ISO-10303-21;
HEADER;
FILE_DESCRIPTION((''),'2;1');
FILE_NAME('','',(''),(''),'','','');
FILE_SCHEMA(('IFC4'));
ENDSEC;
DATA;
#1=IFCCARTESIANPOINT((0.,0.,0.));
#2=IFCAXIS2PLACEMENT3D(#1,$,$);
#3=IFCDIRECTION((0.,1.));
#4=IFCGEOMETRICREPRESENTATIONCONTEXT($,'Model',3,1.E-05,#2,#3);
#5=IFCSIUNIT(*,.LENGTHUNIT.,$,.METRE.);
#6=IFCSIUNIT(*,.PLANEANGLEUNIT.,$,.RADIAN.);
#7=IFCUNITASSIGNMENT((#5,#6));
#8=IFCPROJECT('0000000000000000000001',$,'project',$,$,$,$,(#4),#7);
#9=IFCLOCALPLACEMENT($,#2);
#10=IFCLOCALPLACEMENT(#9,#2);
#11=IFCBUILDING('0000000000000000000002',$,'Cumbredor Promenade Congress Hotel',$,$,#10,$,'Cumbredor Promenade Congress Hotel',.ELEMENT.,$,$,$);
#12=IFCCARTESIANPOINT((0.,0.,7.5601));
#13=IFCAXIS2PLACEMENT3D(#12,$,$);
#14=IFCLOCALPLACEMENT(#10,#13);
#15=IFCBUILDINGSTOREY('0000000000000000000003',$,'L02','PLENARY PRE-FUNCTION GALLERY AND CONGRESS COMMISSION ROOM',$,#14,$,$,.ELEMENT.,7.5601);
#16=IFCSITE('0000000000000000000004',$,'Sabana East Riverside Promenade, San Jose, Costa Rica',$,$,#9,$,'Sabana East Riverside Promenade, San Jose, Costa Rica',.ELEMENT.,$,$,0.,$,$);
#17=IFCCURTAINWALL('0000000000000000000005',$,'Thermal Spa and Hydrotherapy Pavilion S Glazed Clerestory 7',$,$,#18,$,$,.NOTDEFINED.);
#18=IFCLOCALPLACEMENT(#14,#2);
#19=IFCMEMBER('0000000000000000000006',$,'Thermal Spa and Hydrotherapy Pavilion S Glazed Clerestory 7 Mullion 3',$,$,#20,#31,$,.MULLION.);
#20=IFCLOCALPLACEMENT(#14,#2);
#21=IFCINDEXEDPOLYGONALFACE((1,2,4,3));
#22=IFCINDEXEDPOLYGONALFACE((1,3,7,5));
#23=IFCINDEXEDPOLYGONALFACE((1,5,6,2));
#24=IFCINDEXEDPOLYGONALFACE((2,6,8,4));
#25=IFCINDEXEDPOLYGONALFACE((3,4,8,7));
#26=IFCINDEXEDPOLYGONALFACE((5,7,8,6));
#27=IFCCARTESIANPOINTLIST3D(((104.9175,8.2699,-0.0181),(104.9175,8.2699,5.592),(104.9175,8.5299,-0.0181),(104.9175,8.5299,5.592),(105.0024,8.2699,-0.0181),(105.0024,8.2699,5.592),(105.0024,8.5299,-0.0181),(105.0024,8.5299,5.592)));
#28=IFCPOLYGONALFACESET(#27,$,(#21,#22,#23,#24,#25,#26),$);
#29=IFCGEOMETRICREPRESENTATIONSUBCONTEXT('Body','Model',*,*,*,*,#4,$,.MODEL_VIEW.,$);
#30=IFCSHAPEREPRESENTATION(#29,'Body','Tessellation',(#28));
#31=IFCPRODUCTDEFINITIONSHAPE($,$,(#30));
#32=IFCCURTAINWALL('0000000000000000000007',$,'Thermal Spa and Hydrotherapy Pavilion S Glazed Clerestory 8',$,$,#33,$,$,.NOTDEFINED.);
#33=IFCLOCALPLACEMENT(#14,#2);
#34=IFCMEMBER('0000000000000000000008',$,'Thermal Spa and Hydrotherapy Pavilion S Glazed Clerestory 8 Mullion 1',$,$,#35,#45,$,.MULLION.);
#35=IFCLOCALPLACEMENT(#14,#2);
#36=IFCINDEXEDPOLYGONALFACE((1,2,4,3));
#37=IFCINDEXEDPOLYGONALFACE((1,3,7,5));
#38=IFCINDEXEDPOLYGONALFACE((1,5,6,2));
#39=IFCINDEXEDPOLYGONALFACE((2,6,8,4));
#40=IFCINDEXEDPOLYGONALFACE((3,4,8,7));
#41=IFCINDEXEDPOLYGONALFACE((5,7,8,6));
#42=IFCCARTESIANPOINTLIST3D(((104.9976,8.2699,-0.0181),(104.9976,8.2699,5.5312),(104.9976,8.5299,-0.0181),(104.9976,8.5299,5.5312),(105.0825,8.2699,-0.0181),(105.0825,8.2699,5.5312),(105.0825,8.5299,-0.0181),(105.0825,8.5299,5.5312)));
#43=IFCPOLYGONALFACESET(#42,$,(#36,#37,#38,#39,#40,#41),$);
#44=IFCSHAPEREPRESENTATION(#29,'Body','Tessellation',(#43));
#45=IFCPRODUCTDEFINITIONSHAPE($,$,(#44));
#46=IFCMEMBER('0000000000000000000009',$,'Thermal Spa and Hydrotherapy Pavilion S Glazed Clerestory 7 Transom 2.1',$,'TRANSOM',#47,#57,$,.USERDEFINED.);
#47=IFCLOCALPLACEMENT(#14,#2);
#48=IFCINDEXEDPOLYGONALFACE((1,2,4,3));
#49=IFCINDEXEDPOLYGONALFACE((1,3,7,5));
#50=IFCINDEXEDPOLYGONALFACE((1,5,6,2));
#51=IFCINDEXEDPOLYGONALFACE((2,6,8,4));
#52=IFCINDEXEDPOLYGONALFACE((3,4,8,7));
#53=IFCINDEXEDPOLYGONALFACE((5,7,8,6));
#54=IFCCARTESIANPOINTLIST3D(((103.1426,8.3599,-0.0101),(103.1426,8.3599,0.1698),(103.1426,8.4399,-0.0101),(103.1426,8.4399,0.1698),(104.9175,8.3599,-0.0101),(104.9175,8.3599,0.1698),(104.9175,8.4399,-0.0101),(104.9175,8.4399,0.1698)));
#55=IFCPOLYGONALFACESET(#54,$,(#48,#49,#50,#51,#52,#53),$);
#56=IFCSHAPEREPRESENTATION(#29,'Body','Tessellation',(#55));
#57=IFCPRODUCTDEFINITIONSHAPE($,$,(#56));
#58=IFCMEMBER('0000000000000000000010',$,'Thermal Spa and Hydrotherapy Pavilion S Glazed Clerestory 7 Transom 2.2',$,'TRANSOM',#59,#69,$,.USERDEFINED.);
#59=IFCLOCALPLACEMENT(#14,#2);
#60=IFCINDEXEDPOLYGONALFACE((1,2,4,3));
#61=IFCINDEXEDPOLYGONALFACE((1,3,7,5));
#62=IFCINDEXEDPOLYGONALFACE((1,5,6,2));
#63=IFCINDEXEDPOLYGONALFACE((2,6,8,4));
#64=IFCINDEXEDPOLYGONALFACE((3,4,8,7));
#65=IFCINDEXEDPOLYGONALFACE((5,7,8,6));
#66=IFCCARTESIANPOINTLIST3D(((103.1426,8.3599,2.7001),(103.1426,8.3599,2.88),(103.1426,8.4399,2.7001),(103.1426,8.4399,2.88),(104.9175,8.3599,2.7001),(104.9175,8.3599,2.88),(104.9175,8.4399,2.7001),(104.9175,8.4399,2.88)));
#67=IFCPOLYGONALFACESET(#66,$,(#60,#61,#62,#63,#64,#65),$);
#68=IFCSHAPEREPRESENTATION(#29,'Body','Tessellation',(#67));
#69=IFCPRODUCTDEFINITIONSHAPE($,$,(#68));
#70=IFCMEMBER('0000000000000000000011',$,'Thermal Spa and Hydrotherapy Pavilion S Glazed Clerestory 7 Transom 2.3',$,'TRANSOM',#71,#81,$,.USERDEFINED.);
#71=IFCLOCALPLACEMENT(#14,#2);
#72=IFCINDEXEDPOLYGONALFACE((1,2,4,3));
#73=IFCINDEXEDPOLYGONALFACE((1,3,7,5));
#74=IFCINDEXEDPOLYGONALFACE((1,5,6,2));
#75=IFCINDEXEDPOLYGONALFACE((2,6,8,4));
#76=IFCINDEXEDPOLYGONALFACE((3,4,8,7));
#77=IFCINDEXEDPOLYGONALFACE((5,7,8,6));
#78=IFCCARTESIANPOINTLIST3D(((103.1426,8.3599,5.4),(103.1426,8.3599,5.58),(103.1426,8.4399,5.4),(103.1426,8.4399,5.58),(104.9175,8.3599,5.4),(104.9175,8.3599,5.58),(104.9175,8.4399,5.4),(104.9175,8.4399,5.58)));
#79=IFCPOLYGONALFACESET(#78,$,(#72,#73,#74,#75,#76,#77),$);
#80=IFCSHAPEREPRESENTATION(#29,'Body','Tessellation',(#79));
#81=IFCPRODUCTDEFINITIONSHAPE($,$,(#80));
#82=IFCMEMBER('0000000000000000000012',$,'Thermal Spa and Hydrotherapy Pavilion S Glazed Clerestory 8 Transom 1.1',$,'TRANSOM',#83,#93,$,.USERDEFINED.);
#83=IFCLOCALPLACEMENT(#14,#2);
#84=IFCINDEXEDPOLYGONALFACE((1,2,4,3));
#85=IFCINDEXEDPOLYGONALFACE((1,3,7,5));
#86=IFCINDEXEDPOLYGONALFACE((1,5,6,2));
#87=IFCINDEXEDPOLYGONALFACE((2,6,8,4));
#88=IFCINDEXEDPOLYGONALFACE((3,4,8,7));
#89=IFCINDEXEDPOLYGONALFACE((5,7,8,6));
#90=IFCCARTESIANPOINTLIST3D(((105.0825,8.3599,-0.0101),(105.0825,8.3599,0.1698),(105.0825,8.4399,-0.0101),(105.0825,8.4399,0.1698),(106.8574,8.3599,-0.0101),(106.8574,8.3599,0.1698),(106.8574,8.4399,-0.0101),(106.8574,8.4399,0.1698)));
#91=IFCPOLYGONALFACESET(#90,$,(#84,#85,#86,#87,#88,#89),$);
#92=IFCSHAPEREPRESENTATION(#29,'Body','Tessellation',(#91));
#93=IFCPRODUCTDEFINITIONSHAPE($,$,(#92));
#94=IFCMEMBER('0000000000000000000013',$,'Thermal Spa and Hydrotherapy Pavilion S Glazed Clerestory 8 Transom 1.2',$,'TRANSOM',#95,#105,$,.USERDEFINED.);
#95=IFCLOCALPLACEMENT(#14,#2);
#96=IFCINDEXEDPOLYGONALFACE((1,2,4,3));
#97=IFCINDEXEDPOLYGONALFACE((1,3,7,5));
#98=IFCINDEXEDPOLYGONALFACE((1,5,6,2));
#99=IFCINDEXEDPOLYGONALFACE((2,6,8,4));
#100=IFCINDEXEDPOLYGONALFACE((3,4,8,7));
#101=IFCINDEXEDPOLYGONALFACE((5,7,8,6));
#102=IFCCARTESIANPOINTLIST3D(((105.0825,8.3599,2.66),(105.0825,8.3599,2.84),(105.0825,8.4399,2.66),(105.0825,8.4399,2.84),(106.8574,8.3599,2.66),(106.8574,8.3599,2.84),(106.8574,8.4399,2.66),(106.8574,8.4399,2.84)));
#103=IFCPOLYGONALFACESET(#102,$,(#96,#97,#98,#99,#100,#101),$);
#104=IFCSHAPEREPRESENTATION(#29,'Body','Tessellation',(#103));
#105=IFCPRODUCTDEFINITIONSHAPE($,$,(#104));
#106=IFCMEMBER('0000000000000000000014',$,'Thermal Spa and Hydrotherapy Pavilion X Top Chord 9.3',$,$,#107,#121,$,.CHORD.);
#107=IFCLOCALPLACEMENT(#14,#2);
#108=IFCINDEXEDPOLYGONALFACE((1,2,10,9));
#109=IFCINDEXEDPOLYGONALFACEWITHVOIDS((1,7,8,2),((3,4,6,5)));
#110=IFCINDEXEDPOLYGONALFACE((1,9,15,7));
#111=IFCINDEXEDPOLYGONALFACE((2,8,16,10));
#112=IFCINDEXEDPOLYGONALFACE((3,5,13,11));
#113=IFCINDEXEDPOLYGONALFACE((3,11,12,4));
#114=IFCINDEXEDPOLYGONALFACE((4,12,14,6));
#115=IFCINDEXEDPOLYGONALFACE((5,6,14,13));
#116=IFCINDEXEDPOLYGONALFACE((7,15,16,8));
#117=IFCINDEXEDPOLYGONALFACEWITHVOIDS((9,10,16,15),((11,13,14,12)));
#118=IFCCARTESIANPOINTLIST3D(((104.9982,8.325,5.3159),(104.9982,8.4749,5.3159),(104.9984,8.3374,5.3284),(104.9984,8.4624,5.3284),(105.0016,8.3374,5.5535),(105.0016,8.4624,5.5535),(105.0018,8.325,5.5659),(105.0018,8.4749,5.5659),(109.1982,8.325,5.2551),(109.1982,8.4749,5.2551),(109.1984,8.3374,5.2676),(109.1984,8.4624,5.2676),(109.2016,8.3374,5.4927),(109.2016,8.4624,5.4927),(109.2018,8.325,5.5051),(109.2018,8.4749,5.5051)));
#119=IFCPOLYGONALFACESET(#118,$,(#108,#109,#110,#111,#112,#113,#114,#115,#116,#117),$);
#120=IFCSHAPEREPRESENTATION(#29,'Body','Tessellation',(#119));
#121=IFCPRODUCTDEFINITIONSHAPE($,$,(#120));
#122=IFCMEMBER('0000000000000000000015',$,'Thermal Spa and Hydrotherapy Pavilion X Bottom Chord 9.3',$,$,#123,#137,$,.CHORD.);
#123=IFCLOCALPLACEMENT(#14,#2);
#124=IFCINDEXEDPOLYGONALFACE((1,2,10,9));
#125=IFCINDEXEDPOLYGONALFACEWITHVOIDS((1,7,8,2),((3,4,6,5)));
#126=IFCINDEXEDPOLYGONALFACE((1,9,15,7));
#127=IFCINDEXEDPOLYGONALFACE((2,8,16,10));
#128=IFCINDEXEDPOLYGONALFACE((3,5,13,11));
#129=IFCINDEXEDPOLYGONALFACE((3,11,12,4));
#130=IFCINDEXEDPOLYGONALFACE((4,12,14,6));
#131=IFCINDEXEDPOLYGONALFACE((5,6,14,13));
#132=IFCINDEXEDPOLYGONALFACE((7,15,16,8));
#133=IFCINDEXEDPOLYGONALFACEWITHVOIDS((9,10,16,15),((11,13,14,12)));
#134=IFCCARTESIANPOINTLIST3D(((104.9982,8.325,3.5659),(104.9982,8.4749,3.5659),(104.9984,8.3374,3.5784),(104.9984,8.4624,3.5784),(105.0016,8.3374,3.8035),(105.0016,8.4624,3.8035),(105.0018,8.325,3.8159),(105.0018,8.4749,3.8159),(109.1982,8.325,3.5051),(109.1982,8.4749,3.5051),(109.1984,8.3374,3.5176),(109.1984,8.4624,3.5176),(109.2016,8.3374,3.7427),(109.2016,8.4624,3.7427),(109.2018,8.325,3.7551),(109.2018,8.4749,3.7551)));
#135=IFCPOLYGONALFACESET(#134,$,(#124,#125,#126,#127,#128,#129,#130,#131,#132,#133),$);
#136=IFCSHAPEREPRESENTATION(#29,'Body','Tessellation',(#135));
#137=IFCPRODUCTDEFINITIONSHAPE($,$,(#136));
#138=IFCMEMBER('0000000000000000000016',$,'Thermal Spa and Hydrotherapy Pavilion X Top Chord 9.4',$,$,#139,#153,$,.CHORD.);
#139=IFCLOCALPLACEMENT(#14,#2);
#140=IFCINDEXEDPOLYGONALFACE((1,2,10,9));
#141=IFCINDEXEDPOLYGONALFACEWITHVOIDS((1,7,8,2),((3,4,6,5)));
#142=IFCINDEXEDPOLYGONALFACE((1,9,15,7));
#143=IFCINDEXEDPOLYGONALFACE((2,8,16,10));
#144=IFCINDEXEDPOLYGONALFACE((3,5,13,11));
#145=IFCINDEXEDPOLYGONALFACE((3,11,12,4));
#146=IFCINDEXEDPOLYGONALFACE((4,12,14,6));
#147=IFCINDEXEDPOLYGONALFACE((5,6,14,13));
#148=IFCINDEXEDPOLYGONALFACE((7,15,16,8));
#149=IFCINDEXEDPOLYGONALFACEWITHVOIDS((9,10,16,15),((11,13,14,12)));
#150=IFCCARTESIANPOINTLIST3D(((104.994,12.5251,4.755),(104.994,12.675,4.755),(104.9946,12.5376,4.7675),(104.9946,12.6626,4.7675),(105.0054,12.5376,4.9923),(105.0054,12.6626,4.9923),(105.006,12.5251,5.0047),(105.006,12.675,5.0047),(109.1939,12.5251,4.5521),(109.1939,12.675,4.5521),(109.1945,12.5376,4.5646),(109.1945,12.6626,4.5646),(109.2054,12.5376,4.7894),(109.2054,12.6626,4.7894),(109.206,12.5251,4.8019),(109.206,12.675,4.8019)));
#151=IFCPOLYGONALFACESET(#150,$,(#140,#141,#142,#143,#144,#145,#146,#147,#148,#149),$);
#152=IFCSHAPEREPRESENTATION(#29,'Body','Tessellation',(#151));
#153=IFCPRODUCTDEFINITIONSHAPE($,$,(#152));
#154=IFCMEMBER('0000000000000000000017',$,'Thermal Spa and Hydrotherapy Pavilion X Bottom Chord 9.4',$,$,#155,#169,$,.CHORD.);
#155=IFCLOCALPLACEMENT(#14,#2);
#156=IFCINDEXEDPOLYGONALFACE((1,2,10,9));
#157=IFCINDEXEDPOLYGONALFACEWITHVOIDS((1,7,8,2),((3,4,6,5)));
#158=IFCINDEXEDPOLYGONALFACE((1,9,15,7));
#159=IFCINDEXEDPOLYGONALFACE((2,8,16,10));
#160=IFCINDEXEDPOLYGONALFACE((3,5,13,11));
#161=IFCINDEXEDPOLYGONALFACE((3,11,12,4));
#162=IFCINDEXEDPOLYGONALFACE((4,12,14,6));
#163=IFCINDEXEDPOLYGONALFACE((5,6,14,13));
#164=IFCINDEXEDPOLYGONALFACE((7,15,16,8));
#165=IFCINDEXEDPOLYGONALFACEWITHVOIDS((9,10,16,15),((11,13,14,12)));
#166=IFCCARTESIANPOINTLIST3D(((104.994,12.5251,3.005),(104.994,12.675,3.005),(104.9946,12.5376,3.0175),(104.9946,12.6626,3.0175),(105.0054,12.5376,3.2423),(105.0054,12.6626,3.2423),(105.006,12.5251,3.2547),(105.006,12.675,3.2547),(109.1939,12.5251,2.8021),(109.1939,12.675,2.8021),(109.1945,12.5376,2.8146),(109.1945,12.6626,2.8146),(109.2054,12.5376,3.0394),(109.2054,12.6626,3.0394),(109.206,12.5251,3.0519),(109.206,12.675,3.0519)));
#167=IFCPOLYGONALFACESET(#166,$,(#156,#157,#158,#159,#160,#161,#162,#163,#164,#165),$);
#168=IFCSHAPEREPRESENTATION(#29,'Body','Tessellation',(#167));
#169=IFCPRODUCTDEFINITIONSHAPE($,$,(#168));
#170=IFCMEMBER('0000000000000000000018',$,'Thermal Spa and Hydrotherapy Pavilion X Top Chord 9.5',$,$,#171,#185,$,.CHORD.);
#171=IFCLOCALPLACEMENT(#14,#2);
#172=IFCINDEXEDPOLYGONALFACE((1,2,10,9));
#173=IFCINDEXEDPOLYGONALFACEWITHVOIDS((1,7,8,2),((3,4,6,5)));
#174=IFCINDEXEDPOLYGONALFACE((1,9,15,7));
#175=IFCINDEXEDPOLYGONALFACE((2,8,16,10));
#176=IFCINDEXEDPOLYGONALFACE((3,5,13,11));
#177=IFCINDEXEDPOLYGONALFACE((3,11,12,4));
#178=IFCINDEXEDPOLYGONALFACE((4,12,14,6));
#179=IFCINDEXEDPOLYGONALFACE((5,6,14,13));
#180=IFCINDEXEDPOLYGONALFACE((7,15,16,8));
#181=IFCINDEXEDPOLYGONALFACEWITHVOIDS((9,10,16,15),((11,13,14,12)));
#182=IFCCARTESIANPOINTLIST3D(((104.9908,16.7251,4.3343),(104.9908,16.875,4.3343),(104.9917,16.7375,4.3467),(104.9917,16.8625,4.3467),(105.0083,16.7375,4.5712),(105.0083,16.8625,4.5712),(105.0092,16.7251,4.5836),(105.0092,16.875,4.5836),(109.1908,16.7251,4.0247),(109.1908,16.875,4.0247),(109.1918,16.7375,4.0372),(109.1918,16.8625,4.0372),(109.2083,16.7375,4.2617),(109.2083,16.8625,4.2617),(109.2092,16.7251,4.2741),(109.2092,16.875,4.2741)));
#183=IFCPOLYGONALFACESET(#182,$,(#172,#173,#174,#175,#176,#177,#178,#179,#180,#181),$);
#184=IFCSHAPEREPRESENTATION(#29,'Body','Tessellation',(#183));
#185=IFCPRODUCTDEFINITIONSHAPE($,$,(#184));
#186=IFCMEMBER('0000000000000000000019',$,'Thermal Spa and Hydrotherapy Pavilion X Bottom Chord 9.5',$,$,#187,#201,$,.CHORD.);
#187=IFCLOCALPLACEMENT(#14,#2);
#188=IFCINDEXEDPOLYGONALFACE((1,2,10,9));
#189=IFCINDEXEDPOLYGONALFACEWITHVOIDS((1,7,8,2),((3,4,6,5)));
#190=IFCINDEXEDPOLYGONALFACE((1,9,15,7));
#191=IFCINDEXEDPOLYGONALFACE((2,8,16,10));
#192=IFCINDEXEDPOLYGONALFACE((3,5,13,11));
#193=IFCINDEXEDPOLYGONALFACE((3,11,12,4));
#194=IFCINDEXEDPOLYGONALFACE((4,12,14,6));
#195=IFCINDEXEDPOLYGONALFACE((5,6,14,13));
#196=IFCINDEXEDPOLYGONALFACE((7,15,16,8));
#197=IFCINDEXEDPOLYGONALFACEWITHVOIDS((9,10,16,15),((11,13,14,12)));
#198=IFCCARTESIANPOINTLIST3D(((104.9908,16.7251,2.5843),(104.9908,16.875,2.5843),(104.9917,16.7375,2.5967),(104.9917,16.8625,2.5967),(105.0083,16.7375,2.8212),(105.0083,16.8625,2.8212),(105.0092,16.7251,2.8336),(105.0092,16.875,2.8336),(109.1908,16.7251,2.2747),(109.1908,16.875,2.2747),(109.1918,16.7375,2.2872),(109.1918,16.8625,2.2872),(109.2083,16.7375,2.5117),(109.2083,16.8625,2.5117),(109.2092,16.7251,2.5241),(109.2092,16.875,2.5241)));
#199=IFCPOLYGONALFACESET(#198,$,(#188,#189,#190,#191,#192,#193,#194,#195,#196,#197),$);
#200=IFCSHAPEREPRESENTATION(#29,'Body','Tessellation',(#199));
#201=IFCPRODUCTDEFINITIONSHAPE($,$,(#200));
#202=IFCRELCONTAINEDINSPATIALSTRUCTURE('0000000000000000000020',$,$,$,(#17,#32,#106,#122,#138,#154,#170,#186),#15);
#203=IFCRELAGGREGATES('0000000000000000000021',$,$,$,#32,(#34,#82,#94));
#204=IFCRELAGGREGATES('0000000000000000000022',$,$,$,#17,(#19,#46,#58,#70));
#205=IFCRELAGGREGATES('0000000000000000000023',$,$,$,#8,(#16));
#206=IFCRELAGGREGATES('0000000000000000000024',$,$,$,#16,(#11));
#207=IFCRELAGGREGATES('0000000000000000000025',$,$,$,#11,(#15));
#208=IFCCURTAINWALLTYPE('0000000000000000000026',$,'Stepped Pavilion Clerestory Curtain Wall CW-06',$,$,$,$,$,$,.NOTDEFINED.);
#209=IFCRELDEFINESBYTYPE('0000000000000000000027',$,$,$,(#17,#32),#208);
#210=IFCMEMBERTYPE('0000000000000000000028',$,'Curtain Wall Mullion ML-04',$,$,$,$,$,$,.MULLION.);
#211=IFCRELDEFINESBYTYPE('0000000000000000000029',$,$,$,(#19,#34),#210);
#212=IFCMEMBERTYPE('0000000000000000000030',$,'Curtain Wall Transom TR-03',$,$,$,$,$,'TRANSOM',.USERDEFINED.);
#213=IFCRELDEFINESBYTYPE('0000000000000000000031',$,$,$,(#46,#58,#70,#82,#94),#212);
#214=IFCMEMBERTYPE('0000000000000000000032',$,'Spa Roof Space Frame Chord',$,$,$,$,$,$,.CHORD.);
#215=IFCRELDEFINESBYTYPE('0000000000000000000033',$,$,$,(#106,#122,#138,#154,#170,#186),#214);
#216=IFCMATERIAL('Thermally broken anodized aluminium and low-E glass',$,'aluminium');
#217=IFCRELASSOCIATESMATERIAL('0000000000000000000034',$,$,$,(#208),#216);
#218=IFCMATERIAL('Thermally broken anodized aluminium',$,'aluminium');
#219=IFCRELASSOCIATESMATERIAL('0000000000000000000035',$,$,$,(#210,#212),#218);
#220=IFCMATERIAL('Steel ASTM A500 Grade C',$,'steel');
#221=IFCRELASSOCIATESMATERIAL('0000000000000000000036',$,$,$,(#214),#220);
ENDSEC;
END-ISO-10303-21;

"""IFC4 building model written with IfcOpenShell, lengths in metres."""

from ifc_helpers import new_model, si_unit, direction, frame, origin, origin_2d, place, context, subcontext, project, spatial, rectangle, hollow_rectangle, extrude, material, material_profile, profile_set, type_object, element, aggregate, save


model = new_model("IFC4")

# Units and contexts
model_context = context("Model", 3, precision=1e-05, world=origin(), true_north=direction((0.0, 1.0)))
body_context = subcontext(model_context, "Body", "Model", "MODEL_VIEW")
ifc_project = project(units=[si_unit("LENGTHUNIT", "METRE"), si_unit("PLANEANGLEUNIT", "RADIAN")], contexts=[model_context])

# Site, building, storey
site_placement = place(None, origin())
site = spatial("IfcSite", under=ifc_project, at=site_placement, Name="Sabana East Riverside Promenade, San Jose, Costa Rica", LongName="Sabana East Riverside Promenade, San Jose, Costa Rica", CompositionType="ELEMENT", RefElevation=0.0)
building_placement = place(site_placement, origin())
building = spatial("IfcBuilding", under=site, at=building_placement, Name="Cumbredor Promenade Congress Hotel", LongName="Cumbredor Promenade Congress Hotel", CompositionType="ELEMENT")
storey_placement = place(building_placement, frame((0.0, 0.0, 7.5601)))
storey = spatial("IfcBuildingStorey", under=building, at=storey_placement, Name="L02", Description="PLENARY PRE-FUNCTION GALLERY AND CONGRESS COMMISSION ROOM", CompositionType="ELEMENT", Elevation=7.5601)

# Curtain walls, members
ifc_material_1 = material(Name="Thermally broken anodized aluminium and low-E glass", Category="aluminium")
curtain_wall_type = type_object("IfcCurtainWallType", Name="Stepped Pavilion Clerestory Curtain Wall CW-06", PredefinedType="NOTDEFINED", material=ifc_material_1)
curtain_wall_1_placement = place(storey_placement, origin())
curtain_wall_1 = element("IfcCurtainWall", 1, at=curtain_wall_1_placement, inside=storey, type_object=curtain_wall_type, Name="Thermal Spa and Hydrotherapy Pavilion S Glazed Clerestory 7", PredefinedType="NOTDEFINED")
ifc_material_2 = material(Name="Thermally broken anodized aluminium", Category="aluminium")
ifc_material_profile_1 = material_profile(ifc_material_2, rectangle(XDim=0.085, YDim=0.26, at=origin_2d()), Name="ALU MULLION CLERESTORY 85x260")
ifc_profile_set_1 = profile_set([ifc_material_profile_1], Name="Thermally broken anodized aluminium")
member_type_1 = type_object("IfcMemberType", Name="Curtain Wall Mullion ML-04", PredefinedType="MULLION", material=ifc_profile_set_1)
member_1_placement = place(storey_placement, frame((104.96, 8.3999, -0.0181), z_axis=(0.0, 0.0, 1.0), x_axis=(1.0, 0.0, 0.0)))
member_1 = element("IfcMember", 2, at=member_1_placement, type_object=member_type_1, Name="Thermal Spa and Hydrotherapy Pavilion S Glazed Clerestory 7 Mullion 3", PredefinedType="MULLION", context=body_context, shape_type="SweptSolid", body=[
    extrude(rectangle(XDim=0.085, YDim=0.26, at=origin_2d()), origin(), (0.0, 0.0, 1.0), 5.6101),
])
curtain_wall_2_placement = place(storey_placement, origin())
curtain_wall_2 = element("IfcCurtainWall", 3, at=curtain_wall_2_placement, inside=storey, type_object=curtain_wall_type, Name="Thermal Spa and Hydrotherapy Pavilion S Glazed Clerestory 8", PredefinedType="NOTDEFINED")
member_2_placement = place(storey_placement, frame((105.04, 8.3999, -0.0181), z_axis=(0.0, 0.0, 1.0), x_axis=(1.0, 0.0, 0.0)))
member_2 = element("IfcMember", 4, at=member_2_placement, type_object=member_type_1, Name="Thermal Spa and Hydrotherapy Pavilion S Glazed Clerestory 8 Mullion 1", PredefinedType="MULLION", context=body_context, shape_type="SweptSolid", body=[
    extrude(rectangle(XDim=0.085, YDim=0.26, at=origin_2d()), origin(), (0.0, 0.0, 1.0), 5.5493),
])

# Members
ifc_material_profile_2 = material_profile(ifc_material_2, rectangle(XDim=0.0801, YDim=0.1799, at=origin_2d()), Name="ALU TRANSOM 80x180")
ifc_profile_set_2 = profile_set([ifc_material_profile_2], Name="Thermally broken anodized aluminium")
member_type_2 = type_object("IfcMemberType", Name="Curtain Wall Transom TR-03", ElementType="TRANSOM", PredefinedType="USERDEFINED", material=ifc_profile_set_2)
member_3_placement = place(storey_placement, frame((103.1426, 8.3999, 0.0798), z_axis=(1.0, 0.0, 0.0), x_axis=(0.0, 1.0, 0.0)))
member_3 = element("IfcMember", 5, at=member_3_placement, type_object=member_type_2, Name="Thermal Spa and Hydrotherapy Pavilion S Glazed Clerestory 7 Transom 2.1", ObjectType="TRANSOM", PredefinedType="USERDEFINED", context=body_context, shape_type="SweptSolid", body=[
    extrude(rectangle(XDim=0.0801, YDim=0.1799, at=origin_2d()), origin(), (0.0, 0.0, 1.0), 1.7749),
])
member_4_placement = place(storey_placement, frame((103.1426, 8.3999, 2.79), z_axis=(1.0, 0.0, 0.0), x_axis=(0.0, 1.0, 0.0)))
member_4 = element("IfcMember", 6, at=member_4_placement, type_object=member_type_2, Name="Thermal Spa and Hydrotherapy Pavilion S Glazed Clerestory 7 Transom 2.2", ObjectType="TRANSOM", PredefinedType="USERDEFINED", context=body_context, shape_type="SweptSolid", body=[
    extrude(rectangle(XDim=0.0801, YDim=0.1799, at=origin_2d()), origin(), (0.0, 0.0, 1.0), 1.7749),
])
member_5_placement = place(storey_placement, frame((103.1426, 8.3999, 5.49), z_axis=(1.0, 0.0, 0.0), x_axis=(0.0, 1.0, 0.0)))
member_5 = element("IfcMember", 7, at=member_5_placement, type_object=member_type_2, Name="Thermal Spa and Hydrotherapy Pavilion S Glazed Clerestory 7 Transom 2.3", ObjectType="TRANSOM", PredefinedType="USERDEFINED", context=body_context, shape_type="SweptSolid", body=[
    extrude(rectangle(XDim=0.0801, YDim=0.1799, at=origin_2d()), origin(), (0.0, 0.0, 1.0), 1.7749),
])
member_6_placement = place(storey_placement, frame((105.0825, 8.3999, 0.0798), z_axis=(1.0, 0.0, 0.0), x_axis=(0.0, 1.0, 0.0)))
member_6 = element("IfcMember", 8, at=member_6_placement, type_object=member_type_2, Name="Thermal Spa and Hydrotherapy Pavilion S Glazed Clerestory 8 Transom 1.1", ObjectType="TRANSOM", PredefinedType="USERDEFINED", context=body_context, shape_type="SweptSolid", body=[
    extrude(rectangle(XDim=0.0801, YDim=0.1799, at=origin_2d()), origin(), (0.0, 0.0, 1.0), 1.7749),
])
member_7_placement = place(storey_placement, frame((105.0825, 8.3999, 2.75), z_axis=(1.0, 0.0, 0.0), x_axis=(0.0, 1.0, 0.0)))
member_7 = element("IfcMember", 9, at=member_7_placement, type_object=member_type_2, Name="Thermal Spa and Hydrotherapy Pavilion S Glazed Clerestory 8 Transom 1.2", ObjectType="TRANSOM", PredefinedType="USERDEFINED", context=body_context, shape_type="SweptSolid", body=[
    extrude(rectangle(XDim=0.0801, YDim=0.1799, at=origin_2d()), origin(), (0.0, 0.0, 1.0), 1.7749),
])
aggregate(curtain_wall_2, [member_2, member_6, member_7])

# Members
ifc_material_3 = material(Name="Steel ASTM A500 Grade C", Category="steel")
ifc_material_profile_3 = material_profile(ifc_material_3, hollow_rectangle(XDim=0.1499, YDim=0.25, WallThickness=0.0125, at=origin_2d()), Name="HSS 250x150x12.5")
ifc_profile_set_3 = profile_set([ifc_material_profile_3], Name="Steel ASTM A500 Grade C")
member_type_3 = type_object("IfcMemberType", Name="Spa Roof Space Frame Chord", PredefinedType="CHORD", material=ifc_profile_set_3)
for number, where, z_axis, x_axis, name in (
    (10, (105.0, 8.3999, 5.4409), (0.999895, 0.0, -0.014473), (0.0, 1.0, 0.0), "Thermal Spa and Hydrotherapy Pavilion X Top Chord 9.3"),
    (11, (105.0, 8.3999, 3.6909), (0.999895, 0.0, -0.014473), (0.0, 1.0, 0.0), "Thermal Spa and Hydrotherapy Pavilion X Bottom Chord 9.3"),
):
    element("IfcMember", number, at=place(storey_placement, frame(where, z_axis=z_axis, x_axis=x_axis)), inside=storey, type_object=member_type_3, Name=name, PredefinedType="CHORD", context=body_context, shape_type="SweptSolid", body=[
        extrude(hollow_rectangle(XDim=0.1499, YDim=0.25, WallThickness=0.0125, at=origin_2d()), origin(), (0.0, 0.0, 1.0), 4.2004),
    ])
for number, where, z_axis, x_axis, name in (
    (12, (105.0, 12.6001, 4.8799), (0.998835, 0.0, -0.048249), (0.0, 1.0, 0.0), "Thermal Spa and Hydrotherapy Pavilion X Top Chord 9.4"),
    (13, (105.0, 12.6001, 3.1299), (0.998835, 0.0, -0.048249), (0.0, 1.0, 0.0), "Thermal Spa and Hydrotherapy Pavilion X Bottom Chord 9.4"),
):
    element("IfcMember", number, at=place(storey_placement, frame(where, z_axis=z_axis, x_axis=x_axis)), inside=storey, type_object=member_type_3, Name=name, PredefinedType="CHORD", context=body_context, shape_type="SweptSolid", body=[
        extrude(hollow_rectangle(XDim=0.1499, YDim=0.25, WallThickness=0.0125, at=origin_2d()), origin(), (0.0, 0.0, 1.0), 4.2048),
    ])
for number, where, z_axis, x_axis, name in (
    (14, (105.0, 16.8, 4.459), (0.997295, 0.0, -0.073509), (0.0, 1.0, 0.0), "Thermal Spa and Hydrotherapy Pavilion X Top Chord 9.5"),
    (15, (105.0, 16.8, 2.709), (0.997295, 0.0, -0.073509), (0.0, 1.0, 0.0), "Thermal Spa and Hydrotherapy Pavilion X Bottom Chord 9.5"),
):
    element("IfcMember", number, at=place(storey_placement, frame(where, z_axis=z_axis, x_axis=x_axis)), inside=storey, type_object=member_type_3, Name=name, PredefinedType="CHORD", context=body_context, shape_type="SweptSolid", body=[
        extrude(hollow_rectangle(XDim=0.1499, YDim=0.25, WallThickness=0.0125, at=origin_2d()), origin(), (0.0, 0.0, 1.0), 4.2114),
    ])

aggregate(curtain_wall_1, [member_1, member_3, member_4, member_5])

save(model, "model.ifc")
